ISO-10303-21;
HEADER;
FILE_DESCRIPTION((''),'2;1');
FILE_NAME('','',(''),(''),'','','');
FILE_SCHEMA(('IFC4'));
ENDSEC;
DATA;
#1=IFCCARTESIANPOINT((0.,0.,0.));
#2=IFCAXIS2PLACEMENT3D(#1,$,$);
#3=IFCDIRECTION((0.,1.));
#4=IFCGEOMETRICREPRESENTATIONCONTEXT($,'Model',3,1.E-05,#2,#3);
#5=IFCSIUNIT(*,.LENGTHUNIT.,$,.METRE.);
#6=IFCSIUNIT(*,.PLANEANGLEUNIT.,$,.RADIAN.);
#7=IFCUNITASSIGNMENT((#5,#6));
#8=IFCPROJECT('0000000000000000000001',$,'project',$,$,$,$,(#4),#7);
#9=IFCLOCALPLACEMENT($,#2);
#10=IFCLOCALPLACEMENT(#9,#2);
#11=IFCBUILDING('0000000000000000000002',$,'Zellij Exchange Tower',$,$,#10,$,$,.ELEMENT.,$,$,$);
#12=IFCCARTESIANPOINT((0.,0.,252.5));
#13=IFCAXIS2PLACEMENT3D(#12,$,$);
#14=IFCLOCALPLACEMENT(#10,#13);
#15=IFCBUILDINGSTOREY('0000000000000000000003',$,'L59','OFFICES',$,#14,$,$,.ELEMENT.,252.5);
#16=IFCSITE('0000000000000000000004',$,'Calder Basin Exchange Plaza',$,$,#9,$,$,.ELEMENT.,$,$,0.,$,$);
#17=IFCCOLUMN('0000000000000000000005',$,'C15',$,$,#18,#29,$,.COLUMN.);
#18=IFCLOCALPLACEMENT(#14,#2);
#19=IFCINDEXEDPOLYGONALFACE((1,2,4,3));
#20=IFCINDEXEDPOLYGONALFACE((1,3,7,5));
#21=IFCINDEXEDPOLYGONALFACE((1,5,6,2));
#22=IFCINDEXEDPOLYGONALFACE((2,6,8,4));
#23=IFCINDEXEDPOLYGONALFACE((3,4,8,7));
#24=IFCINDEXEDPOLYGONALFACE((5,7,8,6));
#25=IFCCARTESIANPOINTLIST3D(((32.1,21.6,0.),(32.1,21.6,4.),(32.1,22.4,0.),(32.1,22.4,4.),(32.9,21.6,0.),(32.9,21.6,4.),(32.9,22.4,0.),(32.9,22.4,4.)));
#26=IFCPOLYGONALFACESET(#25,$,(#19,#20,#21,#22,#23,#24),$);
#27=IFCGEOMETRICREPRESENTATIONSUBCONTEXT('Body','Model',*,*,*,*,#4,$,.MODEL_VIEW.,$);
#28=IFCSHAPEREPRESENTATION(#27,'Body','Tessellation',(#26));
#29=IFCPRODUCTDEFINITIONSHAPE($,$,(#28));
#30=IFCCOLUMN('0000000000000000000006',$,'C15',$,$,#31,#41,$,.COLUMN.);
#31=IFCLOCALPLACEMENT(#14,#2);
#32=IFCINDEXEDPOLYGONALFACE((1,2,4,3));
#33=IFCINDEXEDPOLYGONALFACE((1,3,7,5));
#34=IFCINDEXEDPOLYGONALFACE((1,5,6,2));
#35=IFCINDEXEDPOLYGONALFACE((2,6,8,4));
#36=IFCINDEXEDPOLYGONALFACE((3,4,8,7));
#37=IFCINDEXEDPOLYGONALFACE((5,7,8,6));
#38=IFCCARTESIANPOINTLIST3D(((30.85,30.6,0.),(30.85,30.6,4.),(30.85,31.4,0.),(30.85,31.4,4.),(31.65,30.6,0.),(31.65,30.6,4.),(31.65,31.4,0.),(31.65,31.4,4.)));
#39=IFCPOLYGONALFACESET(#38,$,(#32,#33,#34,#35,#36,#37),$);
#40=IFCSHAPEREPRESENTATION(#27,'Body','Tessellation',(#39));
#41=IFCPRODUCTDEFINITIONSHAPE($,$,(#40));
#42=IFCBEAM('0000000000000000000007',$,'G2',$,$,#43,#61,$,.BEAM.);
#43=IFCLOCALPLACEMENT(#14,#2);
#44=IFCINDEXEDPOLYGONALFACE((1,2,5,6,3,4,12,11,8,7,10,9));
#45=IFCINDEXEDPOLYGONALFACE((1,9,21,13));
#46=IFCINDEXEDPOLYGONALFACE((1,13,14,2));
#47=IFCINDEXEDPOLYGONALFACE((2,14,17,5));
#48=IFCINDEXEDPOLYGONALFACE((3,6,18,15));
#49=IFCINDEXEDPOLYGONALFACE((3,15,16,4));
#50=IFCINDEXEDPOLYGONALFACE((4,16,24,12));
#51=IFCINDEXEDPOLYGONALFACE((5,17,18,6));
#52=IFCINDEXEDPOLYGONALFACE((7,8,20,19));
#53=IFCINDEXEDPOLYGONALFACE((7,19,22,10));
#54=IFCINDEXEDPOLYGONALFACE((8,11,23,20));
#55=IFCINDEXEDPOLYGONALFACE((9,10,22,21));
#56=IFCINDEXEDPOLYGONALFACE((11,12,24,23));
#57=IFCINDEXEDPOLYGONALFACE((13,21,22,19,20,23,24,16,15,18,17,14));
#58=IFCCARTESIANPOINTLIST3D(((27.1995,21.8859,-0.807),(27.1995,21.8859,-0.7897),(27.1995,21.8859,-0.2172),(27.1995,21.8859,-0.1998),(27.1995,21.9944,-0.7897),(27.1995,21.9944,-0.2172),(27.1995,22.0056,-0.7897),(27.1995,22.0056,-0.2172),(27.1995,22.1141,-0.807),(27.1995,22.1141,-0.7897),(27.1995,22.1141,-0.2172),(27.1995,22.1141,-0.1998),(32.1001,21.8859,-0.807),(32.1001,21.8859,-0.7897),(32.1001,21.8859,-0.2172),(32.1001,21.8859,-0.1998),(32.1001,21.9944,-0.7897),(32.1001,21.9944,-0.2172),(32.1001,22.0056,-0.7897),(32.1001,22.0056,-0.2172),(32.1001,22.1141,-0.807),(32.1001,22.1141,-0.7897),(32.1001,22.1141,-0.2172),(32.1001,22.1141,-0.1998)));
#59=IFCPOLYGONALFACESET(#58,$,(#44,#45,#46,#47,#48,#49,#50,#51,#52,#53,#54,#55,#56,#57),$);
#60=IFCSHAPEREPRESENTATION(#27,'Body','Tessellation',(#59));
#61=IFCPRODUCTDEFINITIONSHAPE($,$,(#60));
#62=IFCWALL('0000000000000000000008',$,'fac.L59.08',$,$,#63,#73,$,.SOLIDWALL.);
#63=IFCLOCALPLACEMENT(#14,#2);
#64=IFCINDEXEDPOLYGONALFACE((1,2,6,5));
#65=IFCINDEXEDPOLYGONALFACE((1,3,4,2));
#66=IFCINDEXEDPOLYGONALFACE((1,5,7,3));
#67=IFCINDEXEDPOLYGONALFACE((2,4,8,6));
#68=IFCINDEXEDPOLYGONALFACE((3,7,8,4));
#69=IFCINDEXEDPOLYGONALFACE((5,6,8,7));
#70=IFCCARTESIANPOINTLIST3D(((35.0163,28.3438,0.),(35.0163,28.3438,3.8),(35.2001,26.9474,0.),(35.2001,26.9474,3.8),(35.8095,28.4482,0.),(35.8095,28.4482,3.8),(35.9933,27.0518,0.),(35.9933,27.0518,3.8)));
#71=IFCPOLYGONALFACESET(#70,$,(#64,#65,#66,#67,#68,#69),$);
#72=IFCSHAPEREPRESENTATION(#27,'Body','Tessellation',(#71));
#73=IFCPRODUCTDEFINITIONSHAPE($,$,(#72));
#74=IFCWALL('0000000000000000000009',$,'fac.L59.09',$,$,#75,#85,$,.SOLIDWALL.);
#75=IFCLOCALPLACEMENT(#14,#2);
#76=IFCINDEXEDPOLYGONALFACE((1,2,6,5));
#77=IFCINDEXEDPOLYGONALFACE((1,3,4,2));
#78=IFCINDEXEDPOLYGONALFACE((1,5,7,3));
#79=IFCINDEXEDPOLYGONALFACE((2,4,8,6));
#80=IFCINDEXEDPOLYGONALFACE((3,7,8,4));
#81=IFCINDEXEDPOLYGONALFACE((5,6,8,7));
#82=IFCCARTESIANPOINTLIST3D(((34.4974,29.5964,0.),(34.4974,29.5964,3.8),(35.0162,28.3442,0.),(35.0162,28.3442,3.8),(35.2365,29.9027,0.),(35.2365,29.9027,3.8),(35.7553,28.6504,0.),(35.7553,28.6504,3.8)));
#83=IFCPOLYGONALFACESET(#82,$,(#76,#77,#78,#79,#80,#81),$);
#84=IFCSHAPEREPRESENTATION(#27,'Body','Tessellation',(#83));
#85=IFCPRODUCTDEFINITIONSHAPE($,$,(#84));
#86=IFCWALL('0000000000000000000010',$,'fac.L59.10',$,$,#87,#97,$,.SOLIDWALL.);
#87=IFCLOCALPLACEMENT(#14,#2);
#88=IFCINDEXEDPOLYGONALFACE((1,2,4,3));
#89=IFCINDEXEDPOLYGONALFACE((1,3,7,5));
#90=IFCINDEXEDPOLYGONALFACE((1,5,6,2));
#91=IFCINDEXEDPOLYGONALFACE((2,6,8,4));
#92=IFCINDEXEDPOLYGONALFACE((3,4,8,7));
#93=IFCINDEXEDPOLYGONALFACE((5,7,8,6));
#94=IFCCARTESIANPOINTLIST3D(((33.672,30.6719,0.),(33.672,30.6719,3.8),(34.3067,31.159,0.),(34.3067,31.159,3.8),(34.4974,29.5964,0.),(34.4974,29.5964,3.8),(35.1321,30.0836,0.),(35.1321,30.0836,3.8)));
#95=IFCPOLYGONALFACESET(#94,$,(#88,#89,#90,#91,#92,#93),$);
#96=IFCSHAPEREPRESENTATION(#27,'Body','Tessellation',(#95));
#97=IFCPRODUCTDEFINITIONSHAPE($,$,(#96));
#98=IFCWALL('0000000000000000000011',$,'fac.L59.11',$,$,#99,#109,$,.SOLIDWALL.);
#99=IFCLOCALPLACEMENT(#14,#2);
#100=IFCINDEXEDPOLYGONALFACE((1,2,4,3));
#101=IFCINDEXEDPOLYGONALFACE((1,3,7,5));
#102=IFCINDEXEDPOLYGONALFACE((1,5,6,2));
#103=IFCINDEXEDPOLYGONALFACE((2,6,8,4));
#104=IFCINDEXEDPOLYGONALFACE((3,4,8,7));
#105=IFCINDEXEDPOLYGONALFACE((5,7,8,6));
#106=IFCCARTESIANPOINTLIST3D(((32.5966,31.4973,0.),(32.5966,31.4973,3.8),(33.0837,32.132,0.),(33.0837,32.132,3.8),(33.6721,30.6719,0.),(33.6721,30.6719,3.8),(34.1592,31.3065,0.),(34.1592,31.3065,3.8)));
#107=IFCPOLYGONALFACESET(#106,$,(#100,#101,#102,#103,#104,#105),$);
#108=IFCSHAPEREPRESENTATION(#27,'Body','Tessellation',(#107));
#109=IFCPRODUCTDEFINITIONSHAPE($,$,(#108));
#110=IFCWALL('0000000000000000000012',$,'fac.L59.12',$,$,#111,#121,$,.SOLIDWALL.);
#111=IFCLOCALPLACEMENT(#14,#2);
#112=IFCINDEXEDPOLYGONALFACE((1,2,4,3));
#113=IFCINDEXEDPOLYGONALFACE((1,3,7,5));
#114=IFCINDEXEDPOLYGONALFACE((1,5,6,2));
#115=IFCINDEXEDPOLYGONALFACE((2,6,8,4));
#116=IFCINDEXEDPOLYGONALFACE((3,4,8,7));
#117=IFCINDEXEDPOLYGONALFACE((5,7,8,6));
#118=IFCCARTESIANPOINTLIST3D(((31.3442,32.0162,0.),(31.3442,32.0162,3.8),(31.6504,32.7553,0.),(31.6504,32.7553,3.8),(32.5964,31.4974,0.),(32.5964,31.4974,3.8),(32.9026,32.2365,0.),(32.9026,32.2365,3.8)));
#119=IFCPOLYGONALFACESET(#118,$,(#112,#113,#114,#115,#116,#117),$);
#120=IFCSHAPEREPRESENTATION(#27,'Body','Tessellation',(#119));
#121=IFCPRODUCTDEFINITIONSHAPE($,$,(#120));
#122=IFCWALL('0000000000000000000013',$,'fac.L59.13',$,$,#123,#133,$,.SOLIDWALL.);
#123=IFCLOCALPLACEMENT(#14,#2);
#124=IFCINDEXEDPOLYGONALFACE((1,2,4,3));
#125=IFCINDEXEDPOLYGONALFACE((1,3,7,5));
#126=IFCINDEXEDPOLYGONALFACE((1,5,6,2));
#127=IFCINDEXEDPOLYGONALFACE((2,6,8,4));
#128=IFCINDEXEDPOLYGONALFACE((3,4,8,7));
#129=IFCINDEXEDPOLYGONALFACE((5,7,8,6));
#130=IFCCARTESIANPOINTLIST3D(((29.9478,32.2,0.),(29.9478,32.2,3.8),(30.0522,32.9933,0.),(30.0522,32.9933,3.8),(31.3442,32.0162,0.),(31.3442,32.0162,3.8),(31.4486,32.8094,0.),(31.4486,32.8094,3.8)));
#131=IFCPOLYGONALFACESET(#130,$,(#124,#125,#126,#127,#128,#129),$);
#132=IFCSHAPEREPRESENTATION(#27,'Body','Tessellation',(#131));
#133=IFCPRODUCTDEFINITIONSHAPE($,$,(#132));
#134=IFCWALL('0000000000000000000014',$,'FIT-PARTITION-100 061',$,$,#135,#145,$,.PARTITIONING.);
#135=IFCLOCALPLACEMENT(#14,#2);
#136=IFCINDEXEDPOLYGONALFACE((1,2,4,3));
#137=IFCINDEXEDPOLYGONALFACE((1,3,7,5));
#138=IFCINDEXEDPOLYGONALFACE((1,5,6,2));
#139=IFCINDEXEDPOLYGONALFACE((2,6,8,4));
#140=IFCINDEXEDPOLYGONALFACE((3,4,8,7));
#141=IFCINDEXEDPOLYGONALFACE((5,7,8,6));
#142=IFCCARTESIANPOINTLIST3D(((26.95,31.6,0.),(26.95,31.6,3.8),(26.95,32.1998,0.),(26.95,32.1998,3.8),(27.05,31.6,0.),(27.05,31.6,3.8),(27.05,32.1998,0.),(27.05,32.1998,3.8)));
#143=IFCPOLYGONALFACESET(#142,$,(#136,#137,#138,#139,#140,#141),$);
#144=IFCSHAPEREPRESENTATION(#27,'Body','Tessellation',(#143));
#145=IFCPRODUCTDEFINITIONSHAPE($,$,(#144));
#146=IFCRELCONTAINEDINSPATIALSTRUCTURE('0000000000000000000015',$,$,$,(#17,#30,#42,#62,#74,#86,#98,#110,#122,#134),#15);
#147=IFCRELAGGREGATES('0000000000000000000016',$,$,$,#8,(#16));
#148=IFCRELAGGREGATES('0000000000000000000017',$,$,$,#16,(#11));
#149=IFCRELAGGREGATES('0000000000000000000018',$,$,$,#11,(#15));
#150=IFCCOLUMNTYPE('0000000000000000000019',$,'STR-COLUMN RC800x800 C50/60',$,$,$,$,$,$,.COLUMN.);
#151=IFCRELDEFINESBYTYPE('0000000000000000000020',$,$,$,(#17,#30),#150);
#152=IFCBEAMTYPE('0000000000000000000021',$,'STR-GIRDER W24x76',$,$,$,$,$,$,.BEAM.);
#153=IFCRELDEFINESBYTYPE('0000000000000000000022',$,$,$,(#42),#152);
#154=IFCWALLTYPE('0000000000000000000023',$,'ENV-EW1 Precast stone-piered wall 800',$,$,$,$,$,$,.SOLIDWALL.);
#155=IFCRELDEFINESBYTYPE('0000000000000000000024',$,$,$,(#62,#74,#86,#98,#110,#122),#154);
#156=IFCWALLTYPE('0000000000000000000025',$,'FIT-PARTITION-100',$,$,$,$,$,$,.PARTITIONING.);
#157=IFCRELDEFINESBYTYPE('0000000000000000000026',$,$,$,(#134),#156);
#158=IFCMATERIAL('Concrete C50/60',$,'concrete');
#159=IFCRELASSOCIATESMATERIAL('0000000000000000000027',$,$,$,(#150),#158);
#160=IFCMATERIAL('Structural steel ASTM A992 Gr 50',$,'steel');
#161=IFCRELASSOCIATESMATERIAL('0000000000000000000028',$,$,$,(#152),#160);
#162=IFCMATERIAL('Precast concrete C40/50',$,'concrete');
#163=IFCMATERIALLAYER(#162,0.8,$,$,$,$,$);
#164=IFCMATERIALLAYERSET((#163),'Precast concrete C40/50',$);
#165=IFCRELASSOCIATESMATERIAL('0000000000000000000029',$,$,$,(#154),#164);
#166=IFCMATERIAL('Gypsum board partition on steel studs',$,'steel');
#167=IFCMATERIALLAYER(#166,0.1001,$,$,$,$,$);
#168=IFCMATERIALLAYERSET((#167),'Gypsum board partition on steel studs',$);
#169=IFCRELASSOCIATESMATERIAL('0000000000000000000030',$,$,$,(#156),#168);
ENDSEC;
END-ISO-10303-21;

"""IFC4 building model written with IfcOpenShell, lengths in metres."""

from ifc_helpers import new_model, si_unit, direction, frame, frame_2d, origin, origin_2d, place, context, subcontext, project, spatial, rectangle, i_section, extrude, material, layer, layer_set, material_profile, profile_set, type_object, element, save


model = new_model("IFC4")

# Units and contexts
model_context = context("Model", 3, precision=1e-05, world=origin(), true_north=direction((0.0, 1.0)))
body_context = subcontext(model_context, "Body", "Model", "MODEL_VIEW")
ifc_project = project(units=[si_unit("LENGTHUNIT", "METRE"), si_unit("PLANEANGLEUNIT", "RADIAN")], contexts=[model_context])

# Site, building, storey
site_placement = place(None, origin())
site = spatial("IfcSite", under=ifc_project, at=site_placement, Name="Calder Basin Exchange Plaza", CompositionType="ELEMENT", RefElevation=0.0)
building_placement = place(site_placement, origin())
building = spatial("IfcBuilding", under=site, at=building_placement, Name="Zellij Exchange Tower", CompositionType="ELEMENT")
storey_placement = place(building_placement, frame((0.0, 0.0, 252.5)))
storey = spatial("IfcBuildingStorey", under=building, at=storey_placement, Name="L59", Description="OFFICES", CompositionType="ELEMENT", Elevation=252.5)

# Columns
ifc_material_1 = material(Name="Concrete C50/60", Category="concrete")
ifc_material_profile_1 = material_profile(ifc_material_1, rectangle(XDim=0.8, YDim=0.8, at=origin_2d()), Name="STR-COLUMN RC800x800 C50/60")
ifc_profile_set_1 = profile_set([ifc_material_profile_1], Name="Concrete C50/60")
column_type = type_object("IfcColumnType", Name="STR-COLUMN RC800x800 C50/60", PredefinedType="COLUMN", material=ifc_profile_set_1)
for number, where, z_axis, x_axis, name in (
    (1, (32.5, 22.0, 0.0), (0.0, 0.0, 1.0), (1.0, 0.0, 0.0), "C15"),
    (2, (31.25, 31.0, 0.0), (0.0, 0.0, 1.0), (1.0, 0.0, 0.0), "C15"),
):
    element("IfcColumn", number, at=place(storey_placement, frame(where, z_axis=z_axis, x_axis=x_axis)), inside=storey, type_object=column_type, Name=name, PredefinedType="COLUMN", context=body_context, shape_type="SweptSolid", body=[
        extrude(rectangle(XDim=0.8, YDim=0.8, at=origin_2d()), origin(), (0.0, 0.0, 1.0), 4.0),
    ])

# Beam
ifc_material_2 = material(Name="Structural steel ASTM A992 Gr 50", Category="steel")
ifc_material_profile_2 = material_profile(ifc_material_2, i_section(OverallWidth=0.2283, OverallDepth=0.6072, WebThickness=0.0112, FlangeThickness=0.0173, at=origin_2d()), Name="W24x76")
ifc_profile_set_2 = profile_set([ifc_material_profile_2], Name="Structural steel ASTM A992 Gr 50")
beam_type = type_object("IfcBeamType", Name="STR-GIRDER W24x76", PredefinedType="BEAM", material=ifc_profile_set_2)
beam_placement = place(storey_placement, frame((27.1995, 22.0, -0.5034), z_axis=(1.0, 0.0, 0.0), x_axis=(0.0, 1.0, 0.0)))
element("IfcBeam", 3, at=beam_placement, inside=storey, type_object=beam_type, Name="G2", PredefinedType="BEAM", context=body_context, shape_type="SweptSolid", body=[
    extrude(i_section(OverallWidth=0.2283, OverallDepth=0.6072, WebThickness=0.0112, FlangeThickness=0.0173, at=origin_2d()), origin(), (0.0, 0.0, 1.0), 4.9006),
])

# Walls
ifc_material_3 = material(Name="Precast concrete C40/50", Category="concrete")
ifc_layer_1 = layer(ifc_material_3, 0.8)
ifc_layer_set_1 = layer_set([ifc_layer_1], Name="Precast concrete C40/50")
wall_type_1 = type_object("IfcWallType", Name="ENV-EW1 Precast stone-piered wall 800", PredefinedType="SOLIDWALL", material=ifc_layer_set_1)
wall_1_placement = place(storey_placement, frame((35.5967, 26.9998, 0.0), z_axis=(0.0, 0.0, 1.0), x_axis=(-0.130517, 0.991446, 0.0)))
element("IfcWall", 4, at=wall_1_placement, inside=storey, type_object=wall_type_1, Name="fac.L59.08", PredefinedType="SOLIDWALL", context=body_context, shape_type="SweptSolid", body=[
    extrude(rectangle(XDim=1.4084, YDim=0.8, at=frame_2d((0.7041, 0.0))), origin(), (0.0, 0.0, 1.0), 3.8),
])
wall_2_placement = place(storey_placement, frame((35.3857, 28.4973, 0.0), z_axis=(0.0, 0.0, 1.0), x_axis=(-0.38276, 0.923848, 0.0)))
element("IfcWall", 5, at=wall_2_placement, inside=storey, type_object=wall_type_1, Name="fac.L59.09", PredefinedType="SOLIDWALL", context=body_context, shape_type="SweptSolid", body=[
    extrude(rectangle(XDim=1.3555, YDim=0.8, at=frame_2d((0.6777, 0.0))), origin(), (0.0, 0.0, 1.0), 3.8),
])
for number, where, z_axis, x_axis, name in (
    (6, (34.8147, 29.8401, 0.0), (0.0, 0.0, 1.0), (-0.608866, 0.793273, 0.0), "fac.L59.10"),
    (7, (33.9155, 30.9893, 0.0), (0.0, 0.0, 1.0), (-0.793273, 0.608866, 0.0), "fac.L59.11"),
):
    element("IfcWall", number, at=place(storey_placement, frame(where, z_axis=z_axis, x_axis=x_axis)), inside=storey, type_object=wall_type_1, Name=name, PredefinedType="SOLIDWALL", context=body_context, shape_type="SweptSolid", body=[
        extrude(rectangle(XDim=1.3557, YDim=0.8, at=frame_2d((0.6777, 0.0))), origin(), (0.0, 0.0, 1.0), 3.8),
    ])
wall_3_placement = place(storey_placement, frame((32.7495, 31.8669, 0.0), z_axis=(0.0, 0.0, 1.0), x_axis=(-0.923848, 0.38276, 0.0)))
element("IfcWall", 8, at=wall_3_placement, inside=storey, type_object=wall_type_1, Name="fac.L59.12", PredefinedType="SOLIDWALL", context=body_context, shape_type="SweptSolid", body=[
    extrude(rectangle(XDim=1.3555, YDim=0.8, at=frame_2d((0.6777, 0.0))), origin(), (0.0, 0.0, 1.0), 3.8),
])
wall_4_placement = place(storey_placement, frame((31.3962, 32.4128, 0.0), z_axis=(0.0, 0.0, 1.0), x_axis=(-0.991446, 0.130517, 0.0)))
element("IfcWall", 9, at=wall_4_placement, inside=storey, type_object=wall_type_1, Name="fac.L59.13", PredefinedType="SOLIDWALL", context=body_context, shape_type="SweptSolid", body=[
    extrude(rectangle(XDim=1.4084, YDim=0.8, at=frame_2d((0.7041, 0.0))), origin(), (0.0, 0.0, 1.0), 3.8),
])

# Wall
ifc_material_4 = material(Name="Gypsum board partition on steel studs", Category="steel")
ifc_layer_2 = layer(ifc_material_4, 0.1001)
ifc_layer_set_2 = layer_set([ifc_layer_2], Name="Gypsum board partition on steel studs")
wall_type_2 = type_object("IfcWallType", Name="FIT-PARTITION-100", PredefinedType="PARTITIONING", material=ifc_layer_set_2)
wall_5_placement = place(storey_placement, frame((27.0, 31.6001, 0.0), z_axis=(0.0, 0.0, 1.0), x_axis=(0.0, 1.0, 0.0)))
element("IfcWall", 10, at=wall_5_placement, inside=storey, type_object=wall_type_2, Name="FIT-PARTITION-100 061", PredefinedType="PARTITIONING", context=body_context, shape_type="SweptSolid", body=[
    extrude(rectangle(XDim=0.5999, YDim=0.1001, at=frame_2d((0.2998, 0.0))), origin(), (0.0, 0.0, 1.0), 3.8),
])

save(model, "model.ifc")
